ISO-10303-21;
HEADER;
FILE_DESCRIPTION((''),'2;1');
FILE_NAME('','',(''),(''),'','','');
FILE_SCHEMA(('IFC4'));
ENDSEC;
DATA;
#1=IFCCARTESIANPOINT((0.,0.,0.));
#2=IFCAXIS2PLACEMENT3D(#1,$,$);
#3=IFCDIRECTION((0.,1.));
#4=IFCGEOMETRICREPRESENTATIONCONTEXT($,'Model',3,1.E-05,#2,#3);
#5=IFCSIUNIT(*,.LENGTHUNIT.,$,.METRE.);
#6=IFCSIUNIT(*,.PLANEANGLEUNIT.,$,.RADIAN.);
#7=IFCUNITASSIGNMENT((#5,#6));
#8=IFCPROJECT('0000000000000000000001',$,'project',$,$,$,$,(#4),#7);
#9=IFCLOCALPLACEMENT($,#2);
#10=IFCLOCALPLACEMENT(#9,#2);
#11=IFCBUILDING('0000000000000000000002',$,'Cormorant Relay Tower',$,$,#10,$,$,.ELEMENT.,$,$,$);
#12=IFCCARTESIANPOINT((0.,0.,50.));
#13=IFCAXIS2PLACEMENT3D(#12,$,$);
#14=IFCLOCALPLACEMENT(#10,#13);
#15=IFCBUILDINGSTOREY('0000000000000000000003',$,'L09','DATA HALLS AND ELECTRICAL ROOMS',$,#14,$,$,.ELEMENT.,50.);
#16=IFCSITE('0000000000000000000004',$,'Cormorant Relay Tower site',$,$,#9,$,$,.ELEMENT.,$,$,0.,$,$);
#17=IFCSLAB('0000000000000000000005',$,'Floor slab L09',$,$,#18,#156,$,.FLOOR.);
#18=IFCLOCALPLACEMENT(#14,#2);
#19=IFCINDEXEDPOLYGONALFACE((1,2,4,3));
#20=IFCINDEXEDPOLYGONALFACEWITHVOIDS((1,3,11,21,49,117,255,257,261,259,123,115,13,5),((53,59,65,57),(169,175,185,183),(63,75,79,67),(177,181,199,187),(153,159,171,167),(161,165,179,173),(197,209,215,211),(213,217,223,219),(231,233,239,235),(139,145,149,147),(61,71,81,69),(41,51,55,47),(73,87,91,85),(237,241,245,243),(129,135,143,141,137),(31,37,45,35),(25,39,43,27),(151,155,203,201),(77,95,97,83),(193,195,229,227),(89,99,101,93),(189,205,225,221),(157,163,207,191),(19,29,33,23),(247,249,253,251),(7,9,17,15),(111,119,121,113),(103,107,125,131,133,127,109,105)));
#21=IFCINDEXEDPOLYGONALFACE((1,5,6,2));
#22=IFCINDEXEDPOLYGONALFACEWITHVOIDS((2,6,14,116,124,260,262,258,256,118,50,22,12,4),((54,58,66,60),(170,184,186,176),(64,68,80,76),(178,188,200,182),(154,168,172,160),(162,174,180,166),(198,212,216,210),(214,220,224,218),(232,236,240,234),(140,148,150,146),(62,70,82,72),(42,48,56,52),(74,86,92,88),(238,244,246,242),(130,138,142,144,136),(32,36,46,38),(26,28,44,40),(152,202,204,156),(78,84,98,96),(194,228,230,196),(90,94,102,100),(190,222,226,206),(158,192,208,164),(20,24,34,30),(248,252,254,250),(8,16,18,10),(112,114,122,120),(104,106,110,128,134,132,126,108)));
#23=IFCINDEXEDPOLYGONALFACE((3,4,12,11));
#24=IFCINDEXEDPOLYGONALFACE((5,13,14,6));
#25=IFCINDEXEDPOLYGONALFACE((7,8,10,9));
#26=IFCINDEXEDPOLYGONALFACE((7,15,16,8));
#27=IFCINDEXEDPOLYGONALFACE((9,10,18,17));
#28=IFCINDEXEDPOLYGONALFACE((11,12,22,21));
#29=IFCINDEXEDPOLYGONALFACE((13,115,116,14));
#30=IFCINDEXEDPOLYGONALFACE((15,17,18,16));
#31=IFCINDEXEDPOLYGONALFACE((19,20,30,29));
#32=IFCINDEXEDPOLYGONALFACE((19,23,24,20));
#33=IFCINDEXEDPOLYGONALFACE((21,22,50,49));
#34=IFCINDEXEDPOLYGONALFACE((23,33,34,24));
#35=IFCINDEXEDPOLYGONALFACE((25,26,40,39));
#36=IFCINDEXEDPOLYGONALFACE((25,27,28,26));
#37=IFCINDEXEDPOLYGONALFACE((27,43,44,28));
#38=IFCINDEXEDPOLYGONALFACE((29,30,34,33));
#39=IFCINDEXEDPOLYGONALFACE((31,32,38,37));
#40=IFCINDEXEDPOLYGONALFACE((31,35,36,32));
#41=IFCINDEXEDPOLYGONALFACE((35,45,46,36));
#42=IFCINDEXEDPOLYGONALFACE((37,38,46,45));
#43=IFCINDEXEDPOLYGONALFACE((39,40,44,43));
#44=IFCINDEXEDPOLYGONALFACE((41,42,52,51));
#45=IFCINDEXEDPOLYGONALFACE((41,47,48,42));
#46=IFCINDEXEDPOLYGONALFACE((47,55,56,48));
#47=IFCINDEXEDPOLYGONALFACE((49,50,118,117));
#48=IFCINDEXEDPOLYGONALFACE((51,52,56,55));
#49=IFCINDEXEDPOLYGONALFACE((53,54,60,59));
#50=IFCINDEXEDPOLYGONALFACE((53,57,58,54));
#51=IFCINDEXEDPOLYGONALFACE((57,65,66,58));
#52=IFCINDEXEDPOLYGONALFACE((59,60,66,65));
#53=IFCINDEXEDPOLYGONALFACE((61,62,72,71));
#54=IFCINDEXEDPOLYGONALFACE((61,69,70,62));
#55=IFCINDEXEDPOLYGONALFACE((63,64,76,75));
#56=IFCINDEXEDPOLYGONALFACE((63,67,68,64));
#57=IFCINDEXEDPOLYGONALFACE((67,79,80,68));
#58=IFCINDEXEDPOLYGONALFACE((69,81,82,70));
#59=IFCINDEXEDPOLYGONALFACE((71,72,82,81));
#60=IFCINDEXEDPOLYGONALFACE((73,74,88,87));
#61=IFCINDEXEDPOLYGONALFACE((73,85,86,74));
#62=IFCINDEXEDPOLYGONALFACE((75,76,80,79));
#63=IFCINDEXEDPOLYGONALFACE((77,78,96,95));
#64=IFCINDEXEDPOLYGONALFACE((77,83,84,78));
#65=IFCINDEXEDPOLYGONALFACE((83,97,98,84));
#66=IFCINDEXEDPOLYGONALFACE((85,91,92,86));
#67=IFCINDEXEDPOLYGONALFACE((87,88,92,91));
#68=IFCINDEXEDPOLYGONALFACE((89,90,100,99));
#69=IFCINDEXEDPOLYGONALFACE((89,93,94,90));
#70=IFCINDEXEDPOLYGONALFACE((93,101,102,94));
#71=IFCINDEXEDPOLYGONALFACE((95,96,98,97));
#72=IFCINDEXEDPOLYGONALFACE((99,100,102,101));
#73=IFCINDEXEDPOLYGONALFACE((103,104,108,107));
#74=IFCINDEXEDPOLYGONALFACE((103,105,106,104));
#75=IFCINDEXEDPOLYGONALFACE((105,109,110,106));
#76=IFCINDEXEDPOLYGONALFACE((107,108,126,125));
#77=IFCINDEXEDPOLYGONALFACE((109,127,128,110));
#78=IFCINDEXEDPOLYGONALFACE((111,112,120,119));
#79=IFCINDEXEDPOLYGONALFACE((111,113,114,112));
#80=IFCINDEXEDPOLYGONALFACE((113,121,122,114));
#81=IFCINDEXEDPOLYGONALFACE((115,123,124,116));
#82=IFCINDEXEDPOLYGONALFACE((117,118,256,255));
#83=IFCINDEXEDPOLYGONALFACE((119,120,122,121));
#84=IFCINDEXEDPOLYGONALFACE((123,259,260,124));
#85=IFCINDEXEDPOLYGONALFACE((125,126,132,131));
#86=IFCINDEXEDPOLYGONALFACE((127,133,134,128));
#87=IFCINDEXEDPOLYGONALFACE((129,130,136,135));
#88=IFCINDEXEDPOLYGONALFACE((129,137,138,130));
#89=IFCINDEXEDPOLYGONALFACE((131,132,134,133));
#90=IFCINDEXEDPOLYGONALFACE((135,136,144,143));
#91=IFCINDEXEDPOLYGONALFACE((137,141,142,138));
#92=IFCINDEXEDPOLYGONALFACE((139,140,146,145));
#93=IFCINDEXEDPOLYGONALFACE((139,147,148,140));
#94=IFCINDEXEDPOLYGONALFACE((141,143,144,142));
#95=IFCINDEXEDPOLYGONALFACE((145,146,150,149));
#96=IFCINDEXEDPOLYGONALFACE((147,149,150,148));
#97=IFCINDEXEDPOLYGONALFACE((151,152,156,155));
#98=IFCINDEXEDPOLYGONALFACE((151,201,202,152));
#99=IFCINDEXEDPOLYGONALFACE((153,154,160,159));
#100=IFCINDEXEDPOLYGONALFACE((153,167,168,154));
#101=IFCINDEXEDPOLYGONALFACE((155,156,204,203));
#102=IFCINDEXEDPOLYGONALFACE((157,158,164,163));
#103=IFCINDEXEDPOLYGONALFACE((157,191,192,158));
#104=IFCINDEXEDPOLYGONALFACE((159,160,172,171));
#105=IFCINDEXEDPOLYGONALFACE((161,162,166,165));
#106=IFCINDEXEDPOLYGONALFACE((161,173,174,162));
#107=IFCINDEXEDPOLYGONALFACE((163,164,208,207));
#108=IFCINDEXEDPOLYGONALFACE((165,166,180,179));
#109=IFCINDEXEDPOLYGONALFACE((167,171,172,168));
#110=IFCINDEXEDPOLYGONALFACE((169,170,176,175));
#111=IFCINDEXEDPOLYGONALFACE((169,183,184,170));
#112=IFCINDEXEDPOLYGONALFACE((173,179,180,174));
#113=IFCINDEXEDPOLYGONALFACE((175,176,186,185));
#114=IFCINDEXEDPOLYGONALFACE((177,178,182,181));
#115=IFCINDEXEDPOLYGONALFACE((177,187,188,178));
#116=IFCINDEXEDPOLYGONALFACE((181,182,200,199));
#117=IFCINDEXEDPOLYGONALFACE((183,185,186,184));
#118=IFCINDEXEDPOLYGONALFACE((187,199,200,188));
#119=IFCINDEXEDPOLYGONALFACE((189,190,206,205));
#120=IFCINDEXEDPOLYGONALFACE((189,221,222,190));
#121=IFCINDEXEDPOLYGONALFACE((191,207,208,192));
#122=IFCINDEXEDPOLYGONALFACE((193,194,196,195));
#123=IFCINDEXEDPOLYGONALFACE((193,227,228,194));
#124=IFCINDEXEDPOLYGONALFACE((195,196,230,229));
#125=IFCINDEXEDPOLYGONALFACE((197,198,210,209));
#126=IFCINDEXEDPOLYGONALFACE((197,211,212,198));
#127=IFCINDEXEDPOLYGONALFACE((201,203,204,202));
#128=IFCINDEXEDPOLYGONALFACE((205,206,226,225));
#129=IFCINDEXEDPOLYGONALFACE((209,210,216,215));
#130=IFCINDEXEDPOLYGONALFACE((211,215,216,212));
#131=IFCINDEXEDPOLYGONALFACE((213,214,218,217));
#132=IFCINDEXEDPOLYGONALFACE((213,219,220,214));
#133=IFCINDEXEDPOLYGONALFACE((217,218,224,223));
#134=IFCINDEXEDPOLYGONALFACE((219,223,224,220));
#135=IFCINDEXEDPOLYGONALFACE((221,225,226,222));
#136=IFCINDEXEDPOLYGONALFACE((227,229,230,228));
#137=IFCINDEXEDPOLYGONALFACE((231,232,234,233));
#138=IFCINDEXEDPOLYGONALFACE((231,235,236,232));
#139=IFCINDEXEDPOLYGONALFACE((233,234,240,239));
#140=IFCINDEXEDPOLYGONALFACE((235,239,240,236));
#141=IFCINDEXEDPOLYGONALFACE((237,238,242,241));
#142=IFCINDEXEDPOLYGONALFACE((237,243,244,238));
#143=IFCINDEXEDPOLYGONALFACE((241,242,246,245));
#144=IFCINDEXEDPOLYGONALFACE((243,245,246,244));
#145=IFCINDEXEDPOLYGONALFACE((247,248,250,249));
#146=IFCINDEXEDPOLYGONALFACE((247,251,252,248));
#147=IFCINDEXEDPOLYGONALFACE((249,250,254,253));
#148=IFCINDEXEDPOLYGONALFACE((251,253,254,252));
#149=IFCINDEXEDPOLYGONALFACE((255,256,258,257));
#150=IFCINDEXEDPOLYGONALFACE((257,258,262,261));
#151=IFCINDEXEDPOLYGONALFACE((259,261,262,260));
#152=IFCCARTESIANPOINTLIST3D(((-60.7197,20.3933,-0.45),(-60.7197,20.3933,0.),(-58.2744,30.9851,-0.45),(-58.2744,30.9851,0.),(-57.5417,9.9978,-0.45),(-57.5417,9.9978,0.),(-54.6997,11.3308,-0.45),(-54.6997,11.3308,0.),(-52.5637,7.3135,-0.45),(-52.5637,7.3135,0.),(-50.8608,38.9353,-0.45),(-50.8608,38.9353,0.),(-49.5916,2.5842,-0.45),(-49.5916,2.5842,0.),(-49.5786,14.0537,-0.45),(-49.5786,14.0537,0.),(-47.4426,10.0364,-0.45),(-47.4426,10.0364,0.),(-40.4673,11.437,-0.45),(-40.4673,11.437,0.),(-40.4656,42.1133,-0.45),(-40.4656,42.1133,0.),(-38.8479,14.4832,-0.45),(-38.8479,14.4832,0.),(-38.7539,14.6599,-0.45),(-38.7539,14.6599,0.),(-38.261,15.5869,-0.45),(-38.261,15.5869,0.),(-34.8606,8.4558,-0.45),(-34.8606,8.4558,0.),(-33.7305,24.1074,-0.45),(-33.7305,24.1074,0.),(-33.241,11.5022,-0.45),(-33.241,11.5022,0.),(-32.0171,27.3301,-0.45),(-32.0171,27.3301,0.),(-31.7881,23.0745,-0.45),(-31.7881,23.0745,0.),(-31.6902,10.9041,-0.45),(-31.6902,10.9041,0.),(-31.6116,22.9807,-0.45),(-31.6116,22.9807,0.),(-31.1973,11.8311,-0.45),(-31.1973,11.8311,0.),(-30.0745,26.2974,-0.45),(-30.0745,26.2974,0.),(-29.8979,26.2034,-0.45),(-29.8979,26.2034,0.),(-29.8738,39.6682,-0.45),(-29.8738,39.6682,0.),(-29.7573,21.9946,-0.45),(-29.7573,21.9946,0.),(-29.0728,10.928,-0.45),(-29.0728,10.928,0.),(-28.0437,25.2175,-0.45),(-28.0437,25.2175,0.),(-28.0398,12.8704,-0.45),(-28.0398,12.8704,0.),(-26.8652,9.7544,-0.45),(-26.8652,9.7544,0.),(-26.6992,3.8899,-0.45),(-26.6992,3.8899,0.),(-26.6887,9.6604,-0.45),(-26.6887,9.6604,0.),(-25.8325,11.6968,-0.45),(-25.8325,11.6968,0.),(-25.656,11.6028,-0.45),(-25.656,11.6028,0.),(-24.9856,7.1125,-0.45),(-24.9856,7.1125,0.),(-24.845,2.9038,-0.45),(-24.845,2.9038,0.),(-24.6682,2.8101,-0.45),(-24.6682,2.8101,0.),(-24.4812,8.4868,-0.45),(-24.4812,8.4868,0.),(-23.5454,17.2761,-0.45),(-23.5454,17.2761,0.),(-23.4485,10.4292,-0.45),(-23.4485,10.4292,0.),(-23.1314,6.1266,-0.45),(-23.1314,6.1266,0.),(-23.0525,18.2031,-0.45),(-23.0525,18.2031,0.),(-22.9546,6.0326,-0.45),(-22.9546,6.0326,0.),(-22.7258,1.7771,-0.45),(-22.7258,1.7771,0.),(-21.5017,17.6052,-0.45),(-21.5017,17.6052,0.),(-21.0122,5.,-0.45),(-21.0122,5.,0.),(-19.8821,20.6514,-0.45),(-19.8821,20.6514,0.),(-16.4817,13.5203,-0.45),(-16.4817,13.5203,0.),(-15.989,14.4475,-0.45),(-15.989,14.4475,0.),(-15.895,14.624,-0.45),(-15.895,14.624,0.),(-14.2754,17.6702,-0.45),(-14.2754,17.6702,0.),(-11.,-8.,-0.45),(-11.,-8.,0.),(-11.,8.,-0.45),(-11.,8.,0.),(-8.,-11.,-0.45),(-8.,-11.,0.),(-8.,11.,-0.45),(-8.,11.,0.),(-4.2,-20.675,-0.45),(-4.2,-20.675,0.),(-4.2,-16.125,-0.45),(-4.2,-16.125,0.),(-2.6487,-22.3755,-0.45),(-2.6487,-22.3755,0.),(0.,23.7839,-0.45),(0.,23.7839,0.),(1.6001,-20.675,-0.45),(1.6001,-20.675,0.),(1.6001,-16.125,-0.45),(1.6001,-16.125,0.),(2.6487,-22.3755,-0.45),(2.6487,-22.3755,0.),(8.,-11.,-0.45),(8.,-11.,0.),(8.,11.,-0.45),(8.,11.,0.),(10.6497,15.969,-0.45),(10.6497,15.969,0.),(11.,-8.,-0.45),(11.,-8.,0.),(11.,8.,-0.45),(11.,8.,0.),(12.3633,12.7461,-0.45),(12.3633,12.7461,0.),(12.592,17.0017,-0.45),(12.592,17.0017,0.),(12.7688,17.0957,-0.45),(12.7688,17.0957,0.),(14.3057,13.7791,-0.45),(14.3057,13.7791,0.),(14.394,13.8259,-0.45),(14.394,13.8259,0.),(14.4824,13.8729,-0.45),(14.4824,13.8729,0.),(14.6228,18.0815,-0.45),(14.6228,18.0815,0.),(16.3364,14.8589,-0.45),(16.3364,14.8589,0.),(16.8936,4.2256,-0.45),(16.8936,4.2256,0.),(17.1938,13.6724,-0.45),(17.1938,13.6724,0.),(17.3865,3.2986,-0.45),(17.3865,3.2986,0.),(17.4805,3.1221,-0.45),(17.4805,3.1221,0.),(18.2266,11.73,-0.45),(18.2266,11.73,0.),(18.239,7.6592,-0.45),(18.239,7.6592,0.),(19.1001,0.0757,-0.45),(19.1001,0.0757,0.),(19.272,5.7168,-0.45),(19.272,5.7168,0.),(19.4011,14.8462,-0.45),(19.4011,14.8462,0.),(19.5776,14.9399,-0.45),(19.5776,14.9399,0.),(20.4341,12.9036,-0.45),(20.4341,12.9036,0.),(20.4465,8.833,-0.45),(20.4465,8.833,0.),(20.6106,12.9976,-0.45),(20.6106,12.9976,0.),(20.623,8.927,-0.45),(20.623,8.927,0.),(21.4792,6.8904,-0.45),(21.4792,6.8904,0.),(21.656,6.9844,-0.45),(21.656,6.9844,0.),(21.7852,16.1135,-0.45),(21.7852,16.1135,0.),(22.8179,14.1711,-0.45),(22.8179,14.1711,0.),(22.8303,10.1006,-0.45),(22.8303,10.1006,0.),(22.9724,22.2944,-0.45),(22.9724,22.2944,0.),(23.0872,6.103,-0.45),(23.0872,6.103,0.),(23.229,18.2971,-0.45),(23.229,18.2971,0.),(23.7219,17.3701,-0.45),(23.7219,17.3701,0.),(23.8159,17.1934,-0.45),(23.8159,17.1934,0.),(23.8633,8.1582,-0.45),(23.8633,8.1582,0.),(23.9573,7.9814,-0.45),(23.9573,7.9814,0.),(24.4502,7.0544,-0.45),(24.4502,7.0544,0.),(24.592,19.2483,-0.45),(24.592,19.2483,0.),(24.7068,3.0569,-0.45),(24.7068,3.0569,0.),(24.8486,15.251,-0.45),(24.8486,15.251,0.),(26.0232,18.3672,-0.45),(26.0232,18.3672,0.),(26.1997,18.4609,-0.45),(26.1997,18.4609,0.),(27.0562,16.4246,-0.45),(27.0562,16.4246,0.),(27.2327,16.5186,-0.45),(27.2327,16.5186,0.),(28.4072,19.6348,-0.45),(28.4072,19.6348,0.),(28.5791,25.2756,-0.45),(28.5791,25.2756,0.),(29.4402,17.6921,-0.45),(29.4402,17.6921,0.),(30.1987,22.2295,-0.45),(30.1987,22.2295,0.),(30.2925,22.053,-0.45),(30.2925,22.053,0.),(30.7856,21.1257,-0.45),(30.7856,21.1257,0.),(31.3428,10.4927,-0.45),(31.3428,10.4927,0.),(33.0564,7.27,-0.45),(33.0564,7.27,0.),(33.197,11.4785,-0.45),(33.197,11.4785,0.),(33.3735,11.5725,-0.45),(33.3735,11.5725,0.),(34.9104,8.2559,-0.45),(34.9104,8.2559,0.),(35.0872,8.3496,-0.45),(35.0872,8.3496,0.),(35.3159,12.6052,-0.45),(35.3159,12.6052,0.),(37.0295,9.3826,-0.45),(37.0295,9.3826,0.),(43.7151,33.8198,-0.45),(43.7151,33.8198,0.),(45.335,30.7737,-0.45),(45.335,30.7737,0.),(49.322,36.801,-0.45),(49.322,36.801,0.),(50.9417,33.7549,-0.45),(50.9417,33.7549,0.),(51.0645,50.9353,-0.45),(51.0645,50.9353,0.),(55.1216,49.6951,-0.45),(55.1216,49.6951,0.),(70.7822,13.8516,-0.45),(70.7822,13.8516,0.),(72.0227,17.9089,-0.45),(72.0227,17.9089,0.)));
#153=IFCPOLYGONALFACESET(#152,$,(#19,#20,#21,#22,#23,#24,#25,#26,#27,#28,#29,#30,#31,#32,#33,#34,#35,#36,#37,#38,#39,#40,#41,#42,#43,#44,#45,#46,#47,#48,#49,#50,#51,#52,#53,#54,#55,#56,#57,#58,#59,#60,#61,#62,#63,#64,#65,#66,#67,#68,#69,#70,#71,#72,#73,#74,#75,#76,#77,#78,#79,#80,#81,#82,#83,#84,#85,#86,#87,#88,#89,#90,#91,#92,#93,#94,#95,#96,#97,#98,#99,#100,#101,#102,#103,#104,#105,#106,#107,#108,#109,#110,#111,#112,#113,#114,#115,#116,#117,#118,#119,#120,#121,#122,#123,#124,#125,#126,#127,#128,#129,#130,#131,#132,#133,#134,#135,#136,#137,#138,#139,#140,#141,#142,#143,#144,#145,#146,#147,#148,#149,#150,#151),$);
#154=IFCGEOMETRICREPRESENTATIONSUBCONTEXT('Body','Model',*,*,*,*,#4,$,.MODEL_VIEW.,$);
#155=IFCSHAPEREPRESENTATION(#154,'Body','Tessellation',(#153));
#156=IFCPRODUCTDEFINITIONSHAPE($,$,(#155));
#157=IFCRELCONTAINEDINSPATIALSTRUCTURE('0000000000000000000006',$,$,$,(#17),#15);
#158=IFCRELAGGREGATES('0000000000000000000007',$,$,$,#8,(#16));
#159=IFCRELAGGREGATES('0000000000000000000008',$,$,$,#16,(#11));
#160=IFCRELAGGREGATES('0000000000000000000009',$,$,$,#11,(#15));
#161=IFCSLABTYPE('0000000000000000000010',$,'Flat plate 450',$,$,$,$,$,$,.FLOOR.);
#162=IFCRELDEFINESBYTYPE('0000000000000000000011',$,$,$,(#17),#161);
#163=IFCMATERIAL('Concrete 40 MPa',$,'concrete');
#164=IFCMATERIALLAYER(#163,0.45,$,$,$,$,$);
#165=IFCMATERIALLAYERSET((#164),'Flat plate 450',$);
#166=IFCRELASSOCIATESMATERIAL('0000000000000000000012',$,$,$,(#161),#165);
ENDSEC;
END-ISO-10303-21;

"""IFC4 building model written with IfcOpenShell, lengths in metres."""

from ifc_helpers import new_model, si_unit, direction, frame, origin, place, context, subcontext, project, spatial, polyline, outline, extrude, material, layer, layer_set, type_object, element, save


model = new_model("IFC4")

# Units and contexts
model_context = context("Model", 3, precision=1e-05, world=origin(), true_north=direction((0.0, 1.0)))
body_context = subcontext(model_context, "Body", "Model", "MODEL_VIEW")
ifc_project = project(units=[si_unit("LENGTHUNIT", "METRE"), si_unit("PLANEANGLEUNIT", "RADIAN")], contexts=[model_context])

# Site, building, storey
site_placement = place(None, origin())
site = spatial("IfcSite", under=ifc_project, at=site_placement, Name="Cormorant Relay Tower site", CompositionType="ELEMENT", RefElevation=0.0)
building_placement = place(site_placement, origin())
building = spatial("IfcBuilding", under=site, at=building_placement, Name="Cormorant Relay Tower", CompositionType="ELEMENT")
storey_placement = place(building_placement, frame((0.0, 0.0, 50.0)))
storey = spatial("IfcBuildingStorey", under=building, at=storey_placement, Name="L09", Description="DATA HALLS AND ELECTRICAL ROOMS", CompositionType="ELEMENT", Elevation=50.0)

# Slab
ifc_material_1 = material(Name="Concrete 40 MPa", Category="concrete")
ifc_layer_1 = layer(ifc_material_1, 0.45)
ifc_layer_set_1 = layer_set([ifc_layer_1], Name="Flat plate 450")
slab_type_1 = type_object("IfcSlabType", Name="Flat plate 450", PredefinedType="FLOOR", material=ifc_layer_set_1)
slab_1_placement = place(storey_placement, frame((0.0, 0.0, -0.45)))
element("IfcSlab", 1, at=slab_1_placement, inside=storey, type_object=slab_type_1, Name="Floor slab L09", PredefinedType="FLOOR", context=body_context, shape_type="SweptSolid", body=[
    extrude(outline(polyline([(-60.7197, 20.3933), (-58.2744, 30.9851), (-50.8608, 38.9353), (-40.4656, 42.1133), (-29.8738, 39.6682), (0.0, 23.7839), (51.0645, 50.9353), (55.1216, 49.6951), (72.0227, 17.9089), (70.7822, 13.8516), (2.6487, -22.3755), (-2.6487, -22.3755), (-49.5916, 2.5842), (-57.5417, 9.9978), (-60.7197, 20.3933)]), holes=[polyline([(11.0, -8.0), (11.0, 8.0), (8.0, 11.0), (-8.0, 11.0), (-11.0, 8.0), (-11.0, -8.0), (-8.0, -11.0), (8.0, -11.0), (11.0, -8.0)]), polyline([(-4.2, -16.125), (-4.2, -20.675), (1.6001, -20.675), (1.6001, -16.125), (-4.2, -16.125)]), polyline([(-22.9546, 6.0327), (-24.6682, 2.8101), (-22.7258, 1.7771), (-21.0122, 5.0), (-23.043, 6.0796), (-22.9546, 6.0327)]), polyline([(-24.9856, 7.1125), (-26.6992, 3.8899), (-24.845, 2.9038), (-23.1313, 6.1267), (-23.043, 6.0796), (-24.9856, 7.1125)]), polyline([(-24.4812, 8.4868), (-23.4485, 10.4292), (-25.656, 11.6028), (-26.6887, 9.6604), (-24.4812, 8.4868)]), polyline([(-49.5786, 14.0537), (-54.6997, 11.3308), (-52.5637, 7.3135), (-47.4426, 10.0364), (-49.5786, 14.0537)]), polyline([(-25.8325, 11.6968), (-28.0398, 12.8704), (-29.0728, 10.928), (-26.8652, 9.7544), (-25.8325, 11.6968)]), polyline([(-38.8479, 14.4832), (-40.4673, 11.437), (-34.8606, 8.4558), (-33.241, 11.5022), (-38.8479, 14.4832)]), polyline([(-38.261, 15.5869), (-38.7539, 14.6599), (-31.6902, 10.9041), (-31.1973, 11.8311), (-38.261, 15.5869)]), polyline([(14.3057, 13.7791), (12.592, 17.0017), (10.6497, 15.969), (12.3633, 12.7461), (14.394, 13.8259), (14.3057, 13.7791)]), polyline([(16.3364, 14.8589), (14.6228, 18.0815), (12.7688, 17.0957), (14.4824, 13.8728), (14.394, 13.8259), (16.3364, 14.8589)]), polyline([(-16.4817, 13.5203), (-15.989, 14.4475), (-23.0525, 18.2031), (-23.5454, 17.2761), (-16.4817, 13.5203)]), polyline([(-21.5017, 17.6052), (-15.895, 14.624), (-14.2754, 17.6702), (-19.8821, 20.6514), (-21.5017, 17.6052)]), polyline([(-31.6116, 22.9807), (-29.7573, 21.9946), (-28.0437, 25.2175), (-29.8979, 26.2034), (-31.6116, 22.9807)]), polyline([(-33.7305, 24.1074), (-31.7881, 23.0745), (-30.0745, 26.2974), (-32.0171, 27.3301), (-33.7305, 24.1074)]), polyline([(23.0872, 6.103), (17.4805, 3.1221), (19.1001, 0.0757), (24.7068, 3.0569), (23.0872, 6.103)]), polyline([(16.8936, 4.2256), (17.3865, 3.2986), (24.4502, 7.0544), (23.9573, 7.9814), (16.8936, 4.2256)]), polyline([(20.4465, 8.833), (18.239, 7.6592), (19.272, 5.7168), (21.4792, 6.8904), (20.4465, 8.833)]), polyline([(20.623, 8.927), (21.656, 6.9844), (23.8633, 8.1582), (22.8303, 10.1006), (20.623, 8.927)]), polyline([(33.197, 11.4785), (31.3428, 10.4927), (33.0564, 7.27), (34.9104, 8.2559), (33.197, 11.4785)]), polyline([(33.3735, 11.5725), (35.0872, 8.3496), (37.0295, 9.3826), (35.3159, 12.6052), (33.3735, 11.5725)]), polyline([(17.1938, 13.6724), (18.2266, 11.73), (20.4341, 12.9036), (19.4011, 14.8462), (17.1938, 13.6724)]), polyline([(20.6106, 12.9976), (22.8179, 14.1711), (21.7852, 16.1135), (19.5776, 14.9399), (20.6106, 12.9976)]), polyline([(26.0232, 18.3672), (23.8159, 17.1934), (24.8486, 15.251), (27.0562, 16.4246), (26.0232, 18.3672)]), polyline([(29.4402, 17.6921), (28.4072, 19.6348), (26.1997, 18.4609), (27.2327, 16.5186), (29.4402, 17.6921)]), polyline([(30.7856, 21.1257), (30.2925, 22.053), (23.229, 18.2971), (23.7219, 17.3701), (30.7856, 21.1257)]), polyline([(24.592, 19.2483), (30.1987, 22.2295), (28.5791, 25.2756), (22.9724, 22.2944), (24.592, 19.2483)]), polyline([(45.335, 30.7737), (50.9417, 33.7549), (49.322, 36.801), (43.7151, 33.8198), (45.335, 30.7737)])]), origin(), (0.0, 0.0, 1.0), 0.45),
])

save(model, "model.ifc")
